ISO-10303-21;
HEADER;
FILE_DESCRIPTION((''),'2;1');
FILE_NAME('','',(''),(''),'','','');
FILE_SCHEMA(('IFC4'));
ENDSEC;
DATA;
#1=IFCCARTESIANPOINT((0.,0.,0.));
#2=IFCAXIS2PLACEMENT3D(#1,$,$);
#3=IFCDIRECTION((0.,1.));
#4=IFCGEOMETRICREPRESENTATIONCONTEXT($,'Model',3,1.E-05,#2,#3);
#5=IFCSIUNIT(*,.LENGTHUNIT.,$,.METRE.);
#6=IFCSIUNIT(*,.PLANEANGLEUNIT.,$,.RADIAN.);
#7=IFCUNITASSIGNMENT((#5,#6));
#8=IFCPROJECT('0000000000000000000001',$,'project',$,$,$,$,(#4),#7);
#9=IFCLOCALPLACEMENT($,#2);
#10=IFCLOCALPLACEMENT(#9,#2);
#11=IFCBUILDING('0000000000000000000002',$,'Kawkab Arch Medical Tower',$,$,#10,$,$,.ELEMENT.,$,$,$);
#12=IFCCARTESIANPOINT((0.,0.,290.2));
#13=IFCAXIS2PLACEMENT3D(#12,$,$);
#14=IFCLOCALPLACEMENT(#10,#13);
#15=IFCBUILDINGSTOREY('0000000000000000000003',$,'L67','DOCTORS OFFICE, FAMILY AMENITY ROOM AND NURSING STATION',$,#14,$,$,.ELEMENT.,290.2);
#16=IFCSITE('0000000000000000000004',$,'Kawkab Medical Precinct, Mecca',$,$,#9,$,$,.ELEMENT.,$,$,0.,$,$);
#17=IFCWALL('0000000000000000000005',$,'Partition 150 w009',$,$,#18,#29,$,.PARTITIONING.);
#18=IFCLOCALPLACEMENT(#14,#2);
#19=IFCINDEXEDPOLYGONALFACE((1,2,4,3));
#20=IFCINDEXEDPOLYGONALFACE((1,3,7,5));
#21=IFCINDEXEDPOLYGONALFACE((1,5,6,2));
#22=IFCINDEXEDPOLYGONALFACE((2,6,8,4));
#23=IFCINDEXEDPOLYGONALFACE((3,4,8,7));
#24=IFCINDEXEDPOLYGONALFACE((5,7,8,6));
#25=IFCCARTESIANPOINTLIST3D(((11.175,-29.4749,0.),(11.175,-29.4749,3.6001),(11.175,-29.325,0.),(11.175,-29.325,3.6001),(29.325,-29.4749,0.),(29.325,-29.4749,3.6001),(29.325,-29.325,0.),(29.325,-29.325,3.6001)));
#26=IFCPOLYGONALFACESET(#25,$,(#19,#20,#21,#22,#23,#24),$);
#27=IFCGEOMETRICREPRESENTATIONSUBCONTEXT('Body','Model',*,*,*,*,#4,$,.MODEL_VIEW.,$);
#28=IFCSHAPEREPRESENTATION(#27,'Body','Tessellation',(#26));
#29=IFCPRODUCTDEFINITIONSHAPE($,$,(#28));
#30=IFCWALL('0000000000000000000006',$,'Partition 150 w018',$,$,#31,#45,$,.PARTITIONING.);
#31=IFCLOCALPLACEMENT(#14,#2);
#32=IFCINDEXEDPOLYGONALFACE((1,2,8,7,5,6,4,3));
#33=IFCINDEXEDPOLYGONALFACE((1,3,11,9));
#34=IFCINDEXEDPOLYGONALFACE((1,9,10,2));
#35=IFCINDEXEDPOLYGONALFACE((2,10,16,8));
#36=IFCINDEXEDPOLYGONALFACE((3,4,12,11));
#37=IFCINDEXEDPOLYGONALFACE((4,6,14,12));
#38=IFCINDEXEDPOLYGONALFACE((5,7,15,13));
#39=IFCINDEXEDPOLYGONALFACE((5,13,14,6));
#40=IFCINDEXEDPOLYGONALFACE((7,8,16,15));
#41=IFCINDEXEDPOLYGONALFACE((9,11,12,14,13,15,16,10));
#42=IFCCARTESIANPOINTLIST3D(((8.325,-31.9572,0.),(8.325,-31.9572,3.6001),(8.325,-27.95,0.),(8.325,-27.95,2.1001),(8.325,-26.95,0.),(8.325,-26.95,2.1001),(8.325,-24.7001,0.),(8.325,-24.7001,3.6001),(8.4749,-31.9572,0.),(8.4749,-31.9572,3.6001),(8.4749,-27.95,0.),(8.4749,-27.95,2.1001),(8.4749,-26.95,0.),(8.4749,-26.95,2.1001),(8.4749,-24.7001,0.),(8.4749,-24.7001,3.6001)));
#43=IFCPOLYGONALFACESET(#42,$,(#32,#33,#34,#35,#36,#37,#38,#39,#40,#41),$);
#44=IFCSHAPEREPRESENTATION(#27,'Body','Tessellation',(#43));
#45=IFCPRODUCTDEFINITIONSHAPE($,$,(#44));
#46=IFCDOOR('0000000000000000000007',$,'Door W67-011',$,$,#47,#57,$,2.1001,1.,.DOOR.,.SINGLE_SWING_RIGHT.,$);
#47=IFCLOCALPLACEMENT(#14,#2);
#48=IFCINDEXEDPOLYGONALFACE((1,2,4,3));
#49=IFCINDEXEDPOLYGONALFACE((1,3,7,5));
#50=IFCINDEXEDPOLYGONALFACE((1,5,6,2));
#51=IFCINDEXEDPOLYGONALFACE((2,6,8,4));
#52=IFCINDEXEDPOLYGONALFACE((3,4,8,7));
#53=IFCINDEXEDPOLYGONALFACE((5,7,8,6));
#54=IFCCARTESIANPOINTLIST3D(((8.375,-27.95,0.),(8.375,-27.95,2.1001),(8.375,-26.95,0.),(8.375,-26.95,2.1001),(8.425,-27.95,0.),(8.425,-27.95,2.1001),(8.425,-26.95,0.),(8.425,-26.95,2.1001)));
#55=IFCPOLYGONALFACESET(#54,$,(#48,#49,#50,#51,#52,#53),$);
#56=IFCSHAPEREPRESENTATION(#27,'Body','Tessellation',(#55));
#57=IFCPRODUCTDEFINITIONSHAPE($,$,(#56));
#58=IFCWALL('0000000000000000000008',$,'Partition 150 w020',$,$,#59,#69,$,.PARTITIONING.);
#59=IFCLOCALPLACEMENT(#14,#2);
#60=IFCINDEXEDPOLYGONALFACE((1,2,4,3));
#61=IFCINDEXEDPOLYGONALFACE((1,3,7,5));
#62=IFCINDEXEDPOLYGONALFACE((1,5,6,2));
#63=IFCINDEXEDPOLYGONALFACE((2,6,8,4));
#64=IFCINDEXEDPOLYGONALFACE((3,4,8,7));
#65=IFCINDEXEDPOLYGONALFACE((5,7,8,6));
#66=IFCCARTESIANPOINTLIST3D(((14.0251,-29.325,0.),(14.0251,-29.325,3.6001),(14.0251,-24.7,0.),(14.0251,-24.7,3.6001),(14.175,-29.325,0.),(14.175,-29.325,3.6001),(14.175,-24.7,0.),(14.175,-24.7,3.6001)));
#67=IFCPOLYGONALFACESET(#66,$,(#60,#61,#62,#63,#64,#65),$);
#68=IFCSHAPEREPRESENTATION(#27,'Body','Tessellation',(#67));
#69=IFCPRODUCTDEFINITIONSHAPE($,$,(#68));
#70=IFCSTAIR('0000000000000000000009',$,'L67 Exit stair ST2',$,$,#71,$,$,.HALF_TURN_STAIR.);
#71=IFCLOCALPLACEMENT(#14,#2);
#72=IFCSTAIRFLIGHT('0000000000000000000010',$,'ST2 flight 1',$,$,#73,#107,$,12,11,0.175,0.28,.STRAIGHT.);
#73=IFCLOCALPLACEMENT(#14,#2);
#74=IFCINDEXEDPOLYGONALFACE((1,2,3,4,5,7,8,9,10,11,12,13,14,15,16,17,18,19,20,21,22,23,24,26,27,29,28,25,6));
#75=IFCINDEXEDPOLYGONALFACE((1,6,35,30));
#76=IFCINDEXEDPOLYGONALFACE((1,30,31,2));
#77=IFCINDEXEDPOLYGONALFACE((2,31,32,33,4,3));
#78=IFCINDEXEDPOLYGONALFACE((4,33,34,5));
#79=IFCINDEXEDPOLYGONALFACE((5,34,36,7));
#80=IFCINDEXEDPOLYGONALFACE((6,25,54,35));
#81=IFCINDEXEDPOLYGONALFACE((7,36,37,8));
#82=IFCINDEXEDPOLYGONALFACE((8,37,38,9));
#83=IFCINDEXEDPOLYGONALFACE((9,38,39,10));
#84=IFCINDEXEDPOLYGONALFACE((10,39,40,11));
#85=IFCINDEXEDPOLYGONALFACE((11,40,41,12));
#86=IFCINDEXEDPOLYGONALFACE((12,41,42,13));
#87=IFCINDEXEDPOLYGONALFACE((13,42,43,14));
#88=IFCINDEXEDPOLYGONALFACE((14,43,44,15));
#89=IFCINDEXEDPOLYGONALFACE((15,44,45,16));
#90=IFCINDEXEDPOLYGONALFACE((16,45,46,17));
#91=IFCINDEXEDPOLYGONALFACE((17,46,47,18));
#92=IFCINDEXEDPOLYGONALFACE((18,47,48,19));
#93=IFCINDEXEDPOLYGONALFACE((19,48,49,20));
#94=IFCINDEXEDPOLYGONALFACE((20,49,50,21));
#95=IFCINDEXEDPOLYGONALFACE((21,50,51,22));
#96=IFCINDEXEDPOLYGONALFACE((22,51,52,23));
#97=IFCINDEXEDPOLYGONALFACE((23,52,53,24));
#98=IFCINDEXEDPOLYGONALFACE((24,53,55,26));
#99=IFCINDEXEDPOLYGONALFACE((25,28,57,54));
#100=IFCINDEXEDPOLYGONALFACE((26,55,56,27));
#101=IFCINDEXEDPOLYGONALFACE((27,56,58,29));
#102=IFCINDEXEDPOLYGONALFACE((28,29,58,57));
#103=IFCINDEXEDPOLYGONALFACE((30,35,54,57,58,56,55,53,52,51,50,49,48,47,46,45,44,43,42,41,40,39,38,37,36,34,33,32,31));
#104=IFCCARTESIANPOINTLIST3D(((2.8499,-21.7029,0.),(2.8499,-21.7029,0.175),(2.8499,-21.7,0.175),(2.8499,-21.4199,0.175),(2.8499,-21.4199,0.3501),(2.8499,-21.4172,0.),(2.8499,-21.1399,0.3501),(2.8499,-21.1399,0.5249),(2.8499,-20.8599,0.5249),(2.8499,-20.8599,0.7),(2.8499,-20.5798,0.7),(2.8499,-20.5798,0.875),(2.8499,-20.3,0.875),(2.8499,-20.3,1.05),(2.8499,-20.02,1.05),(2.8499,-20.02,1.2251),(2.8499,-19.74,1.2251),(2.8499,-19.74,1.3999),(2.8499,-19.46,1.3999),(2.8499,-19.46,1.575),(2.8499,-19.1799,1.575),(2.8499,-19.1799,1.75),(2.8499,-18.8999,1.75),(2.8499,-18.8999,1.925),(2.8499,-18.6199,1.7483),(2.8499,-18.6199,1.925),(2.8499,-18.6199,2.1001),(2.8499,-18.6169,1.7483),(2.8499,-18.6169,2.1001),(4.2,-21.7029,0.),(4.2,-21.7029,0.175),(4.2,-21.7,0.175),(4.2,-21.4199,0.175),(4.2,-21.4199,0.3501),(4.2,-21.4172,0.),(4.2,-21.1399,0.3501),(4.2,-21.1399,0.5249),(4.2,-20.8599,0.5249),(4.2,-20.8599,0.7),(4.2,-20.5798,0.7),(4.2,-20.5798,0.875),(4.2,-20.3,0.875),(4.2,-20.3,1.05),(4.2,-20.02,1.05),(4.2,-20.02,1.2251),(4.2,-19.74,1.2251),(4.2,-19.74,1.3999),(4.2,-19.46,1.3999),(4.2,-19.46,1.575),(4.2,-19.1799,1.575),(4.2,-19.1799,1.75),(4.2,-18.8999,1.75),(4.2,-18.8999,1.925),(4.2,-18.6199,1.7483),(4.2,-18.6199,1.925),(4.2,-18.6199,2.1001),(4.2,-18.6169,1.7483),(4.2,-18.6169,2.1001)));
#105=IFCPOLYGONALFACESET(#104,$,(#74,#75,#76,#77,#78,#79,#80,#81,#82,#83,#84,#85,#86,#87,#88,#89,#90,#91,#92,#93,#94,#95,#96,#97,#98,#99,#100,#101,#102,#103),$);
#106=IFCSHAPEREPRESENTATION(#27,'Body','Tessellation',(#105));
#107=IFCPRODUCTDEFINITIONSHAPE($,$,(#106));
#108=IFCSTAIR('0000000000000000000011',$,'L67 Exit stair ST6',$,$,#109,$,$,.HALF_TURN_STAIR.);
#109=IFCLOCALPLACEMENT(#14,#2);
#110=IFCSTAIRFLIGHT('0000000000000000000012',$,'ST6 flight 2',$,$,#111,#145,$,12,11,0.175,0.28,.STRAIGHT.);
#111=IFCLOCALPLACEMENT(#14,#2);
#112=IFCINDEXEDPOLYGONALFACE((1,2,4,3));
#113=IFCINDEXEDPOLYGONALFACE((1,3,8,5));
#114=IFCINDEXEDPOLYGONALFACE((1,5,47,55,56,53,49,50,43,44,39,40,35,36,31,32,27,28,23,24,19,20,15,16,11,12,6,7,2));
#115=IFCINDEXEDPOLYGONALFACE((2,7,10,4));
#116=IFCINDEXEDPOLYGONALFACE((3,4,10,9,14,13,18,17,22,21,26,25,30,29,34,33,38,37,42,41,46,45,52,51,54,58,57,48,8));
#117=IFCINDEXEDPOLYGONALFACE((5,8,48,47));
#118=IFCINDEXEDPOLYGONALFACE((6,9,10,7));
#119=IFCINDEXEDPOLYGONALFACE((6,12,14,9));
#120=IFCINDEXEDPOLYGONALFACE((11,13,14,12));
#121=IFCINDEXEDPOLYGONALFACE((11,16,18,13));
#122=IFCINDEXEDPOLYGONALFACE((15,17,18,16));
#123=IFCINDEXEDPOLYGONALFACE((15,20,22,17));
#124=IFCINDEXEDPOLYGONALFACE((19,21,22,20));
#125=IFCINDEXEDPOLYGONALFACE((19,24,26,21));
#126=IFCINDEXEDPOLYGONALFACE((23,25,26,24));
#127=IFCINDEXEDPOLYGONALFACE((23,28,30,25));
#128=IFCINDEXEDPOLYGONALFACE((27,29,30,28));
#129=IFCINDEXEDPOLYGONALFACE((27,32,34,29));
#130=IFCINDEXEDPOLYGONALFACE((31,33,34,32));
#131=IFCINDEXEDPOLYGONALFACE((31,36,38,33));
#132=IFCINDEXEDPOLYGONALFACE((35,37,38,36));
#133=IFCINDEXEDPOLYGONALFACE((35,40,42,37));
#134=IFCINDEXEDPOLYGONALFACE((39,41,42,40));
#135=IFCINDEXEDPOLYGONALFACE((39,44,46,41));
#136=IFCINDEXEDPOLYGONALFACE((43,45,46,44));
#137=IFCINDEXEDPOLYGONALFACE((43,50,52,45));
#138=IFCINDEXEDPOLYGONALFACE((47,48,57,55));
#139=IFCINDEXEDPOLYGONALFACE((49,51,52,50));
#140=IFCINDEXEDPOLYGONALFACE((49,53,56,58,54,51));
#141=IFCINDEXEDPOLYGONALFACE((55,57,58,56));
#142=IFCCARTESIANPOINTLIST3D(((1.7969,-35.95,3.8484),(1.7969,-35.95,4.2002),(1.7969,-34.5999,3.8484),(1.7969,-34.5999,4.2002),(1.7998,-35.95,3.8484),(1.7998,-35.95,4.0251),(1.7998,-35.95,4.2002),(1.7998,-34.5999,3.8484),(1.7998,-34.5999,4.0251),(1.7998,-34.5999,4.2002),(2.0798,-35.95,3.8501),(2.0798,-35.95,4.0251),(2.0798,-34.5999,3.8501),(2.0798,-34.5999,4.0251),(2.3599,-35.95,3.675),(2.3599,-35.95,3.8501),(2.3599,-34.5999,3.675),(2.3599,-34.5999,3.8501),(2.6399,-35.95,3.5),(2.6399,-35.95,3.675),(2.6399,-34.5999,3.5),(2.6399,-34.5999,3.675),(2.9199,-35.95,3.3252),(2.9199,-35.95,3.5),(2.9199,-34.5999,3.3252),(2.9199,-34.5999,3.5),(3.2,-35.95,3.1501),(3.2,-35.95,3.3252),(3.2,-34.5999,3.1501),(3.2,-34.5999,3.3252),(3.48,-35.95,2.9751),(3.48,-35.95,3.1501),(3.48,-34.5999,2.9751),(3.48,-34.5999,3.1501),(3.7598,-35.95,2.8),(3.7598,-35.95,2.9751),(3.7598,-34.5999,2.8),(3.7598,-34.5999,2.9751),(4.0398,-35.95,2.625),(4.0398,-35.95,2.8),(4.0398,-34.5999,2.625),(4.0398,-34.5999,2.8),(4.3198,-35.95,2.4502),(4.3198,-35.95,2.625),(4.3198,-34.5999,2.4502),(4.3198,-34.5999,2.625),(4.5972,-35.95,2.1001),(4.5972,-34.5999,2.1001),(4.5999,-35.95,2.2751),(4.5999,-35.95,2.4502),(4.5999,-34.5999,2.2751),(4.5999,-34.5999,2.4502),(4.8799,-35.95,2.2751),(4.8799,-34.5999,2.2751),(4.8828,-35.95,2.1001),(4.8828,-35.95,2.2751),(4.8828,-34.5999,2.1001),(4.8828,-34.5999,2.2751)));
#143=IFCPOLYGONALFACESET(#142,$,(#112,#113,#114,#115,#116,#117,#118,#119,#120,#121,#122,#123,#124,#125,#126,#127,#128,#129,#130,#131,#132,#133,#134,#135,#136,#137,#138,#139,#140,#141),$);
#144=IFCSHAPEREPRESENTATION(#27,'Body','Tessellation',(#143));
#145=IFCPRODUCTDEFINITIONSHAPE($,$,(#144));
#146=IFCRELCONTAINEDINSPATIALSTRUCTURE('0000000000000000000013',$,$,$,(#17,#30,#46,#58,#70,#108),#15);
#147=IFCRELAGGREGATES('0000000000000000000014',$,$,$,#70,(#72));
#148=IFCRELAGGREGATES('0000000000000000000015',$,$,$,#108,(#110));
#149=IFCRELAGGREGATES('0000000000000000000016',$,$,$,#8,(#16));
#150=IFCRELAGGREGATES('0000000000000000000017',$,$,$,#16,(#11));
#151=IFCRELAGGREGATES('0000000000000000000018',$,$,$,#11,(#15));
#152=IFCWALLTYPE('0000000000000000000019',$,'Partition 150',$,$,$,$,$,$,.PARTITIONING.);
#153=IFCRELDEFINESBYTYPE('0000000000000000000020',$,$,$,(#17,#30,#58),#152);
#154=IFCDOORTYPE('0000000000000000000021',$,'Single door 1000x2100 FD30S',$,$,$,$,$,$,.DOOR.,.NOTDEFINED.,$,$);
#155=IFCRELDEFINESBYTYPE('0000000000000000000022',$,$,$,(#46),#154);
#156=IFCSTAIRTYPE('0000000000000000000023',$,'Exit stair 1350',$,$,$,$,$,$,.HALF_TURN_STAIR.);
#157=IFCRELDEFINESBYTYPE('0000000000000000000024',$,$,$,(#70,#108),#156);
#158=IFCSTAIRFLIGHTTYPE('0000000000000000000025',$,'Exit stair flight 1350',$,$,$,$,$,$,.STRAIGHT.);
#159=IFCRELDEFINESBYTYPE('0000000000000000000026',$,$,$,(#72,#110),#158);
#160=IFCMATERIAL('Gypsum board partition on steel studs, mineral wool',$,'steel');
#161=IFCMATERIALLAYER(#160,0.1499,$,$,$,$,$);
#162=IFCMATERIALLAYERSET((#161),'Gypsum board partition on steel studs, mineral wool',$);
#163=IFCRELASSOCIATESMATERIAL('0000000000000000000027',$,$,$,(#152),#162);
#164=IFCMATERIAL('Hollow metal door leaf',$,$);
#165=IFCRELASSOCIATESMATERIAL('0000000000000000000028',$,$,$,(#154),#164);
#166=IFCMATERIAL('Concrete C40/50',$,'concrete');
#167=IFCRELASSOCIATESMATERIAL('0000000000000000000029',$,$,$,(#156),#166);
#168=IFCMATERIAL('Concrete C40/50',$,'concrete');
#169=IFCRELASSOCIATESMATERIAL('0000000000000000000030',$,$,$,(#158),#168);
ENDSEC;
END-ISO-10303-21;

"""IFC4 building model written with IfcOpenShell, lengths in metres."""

from ifc_helpers import new_model, si_unit, direction, frame, frame_2d, origin, place, context, subcontext, project, spatial, polyline, rectangle, outline, extrude, material, layer, layer_set, type_object, element, fill, aggregate, save


model = new_model("IFC4")

# Units and contexts
model_context = context("Model", 3, precision=1e-05, world=origin(), true_north=direction((0.0, 1.0)))
body_context = subcontext(model_context, "Body", "Model", "MODEL_VIEW")
ifc_project = project(units=[si_unit("LENGTHUNIT", "METRE"), si_unit("PLANEANGLEUNIT", "RADIAN")], contexts=[model_context])

# Site, building, storey
site_placement = place(None, origin())
site = spatial("IfcSite", under=ifc_project, at=site_placement, Name="Kawkab Medical Precinct, Mecca", CompositionType="ELEMENT", RefElevation=0.0)
building_placement = place(site_placement, origin())
building = spatial("IfcBuilding", under=site, at=building_placement, Name="Kawkab Arch Medical Tower", CompositionType="ELEMENT")
storey_placement = place(building_placement, frame((0.0, 0.0, 290.2)))
storey = spatial("IfcBuildingStorey", under=building, at=storey_placement, Name="L67", Description="DOCTORS OFFICE, FAMILY AMENITY ROOM AND NURSING STATION", CompositionType="ELEMENT", Elevation=290.2)

# Wall
ifc_material_1 = material(Name="Gypsum board partition on steel studs, mineral wool", Category="steel")
ifc_layer_1 = layer(ifc_material_1, 0.1499)
ifc_layer_set_1 = layer_set([ifc_layer_1], Name="Gypsum board partition on steel studs, mineral wool")
wall_type_1 = type_object("IfcWallType", Name="Partition 150", PredefinedType="PARTITIONING", material=ifc_layer_set_1)
wall_1_placement = place(storey_placement, frame((11.175, -29.3999, 0.0), z_axis=(0.0, 0.0, 1.0), x_axis=(1.0, 0.0, 0.0)))
element("IfcWall", 1, at=wall_1_placement, inside=storey, type_object=wall_type_1, Name="Partition 150 w009", PredefinedType="PARTITIONING", context=body_context, shape_type="SweptSolid", body=[
    extrude(rectangle(XDim=18.1499, YDim=0.1499, at=frame_2d((9.075, 0.0))), origin(), (0.0, 0.0, 1.0), 3.6001),
])

# Wall, opening, door
wall_2_placement = place(storey_placement, frame((8.3999, -31.957, 0.0), z_axis=(0.0, 0.0, 1.0), x_axis=(0.0, 1.0, 0.0)))
wall_2 = element("IfcWall", 2, at=wall_2_placement, inside=storey, type_object=wall_type_1, Name="Partition 150 w018", PredefinedType="PARTITIONING", context=body_context, shape_type="SweptSolid", body=[
    extrude(rectangle(XDim=7.2571, YDim=0.1499, at=frame_2d((3.6284, 0.0))), origin(), (0.0, 0.0, 1.0), 3.6001),
])
opening_1_placement = place(wall_2_placement, frame((4.0071, 0.0, 0.0)))
opening_1 = element("IfcOpeningElement", 3, at=opening_1_placement, cuts=wall_2, PredefinedType="OPENING", context=body_context, shape_type="SweptSolid", body=[
    extrude(rectangle(XDim=1.0, YDim=2.1001, at=frame_2d((0.5, 1.05))), frame((0.0, 0.085, 0.0), z_axis=(0.0, -1.0, 0.0), x_axis=(1.0, 0.0, 0.0)), (0.0, 0.0, 1.0), 0.1699),
])
ifc_material_2 = material(Name="Hollow metal door leaf")
door_type_1 = type_object("IfcDoorType", Name="Single door 1000x2100 FD30S", OperationType="NOTDEFINED", PredefinedType="DOOR", material=ifc_material_2)
door_1_placement = place(opening_1_placement, origin())
door_1 = element("IfcDoor", 4, at=door_1_placement, inside=storey, type_object=door_type_1, Name="Door W67-011", OperationType="SINGLE_SWING_RIGHT", OverallHeight=2.1001, OverallWidth=1.0, PredefinedType="DOOR", context=body_context, shape_type="SweptSolid", body=[
    extrude(rectangle(XDim=1.0, YDim=2.1001, at=frame_2d((0.5, 1.05))), frame((0.0, 0.0249, 0.0), z_axis=(0.0, -1.0, 0.0), x_axis=(1.0, 0.0, 0.0)), (0.0, 0.0, 1.0), 0.05),
])
fill(opening_1, door_1)

# Wall
wall_3_placement = place(storey_placement, frame((14.1001, -29.325, 0.0), z_axis=(0.0, 0.0, 1.0), x_axis=(0.0, 1.0, 0.0)))
element("IfcWall", 5, at=wall_3_placement, inside=storey, type_object=wall_type_1, Name="Partition 150 w020", PredefinedType="PARTITIONING", context=body_context, shape_type="SweptSolid", body=[
    extrude(rectangle(XDim=4.625, YDim=0.1499, at=frame_2d((2.3125, 0.0))), origin(), (0.0, 0.0, 1.0), 3.6001),
])

# Stairs, stair flights
ifc_material_3 = material(Name="Concrete C40/50", Category="concrete")
stair_type = type_object("IfcStairType", Name="Exit stair 1350", PredefinedType="HALF_TURN_STAIR", material=ifc_material_3)
placement = place(storey_placement, origin())
stair_1 = element("IfcStair", 6, at=placement, inside=storey, type_object=stair_type, Name="L67 Exit stair ST2", PredefinedType="HALF_TURN_STAIR")
ifc_material_4 = material(Name="Concrete C40/50", Category="concrete")
stair_flight_type = type_object("IfcStairFlightType", Name="Exit stair flight 1350", PredefinedType="STRAIGHT", material=ifc_material_4)
stair_flight_1_placement = place(storey_placement, frame((3.5249, -21.7, 0.0), z_axis=(0.0, 0.0, 1.0), x_axis=(0.0, 1.0, 0.0)))
stair_flight_1 = element("IfcStairFlight", 7, at=stair_flight_1_placement, type_object=stair_flight_type, Name="ST2 flight 1", NumberOfRisers=12, NumberOfTreads=11, PredefinedType="STRAIGHT", RiserHeight=0.175, TreadLength=0.28, context=body_context, shape_type="SweptSolid", body=[
    extrude(outline(polyline([(-0.0029, 0.0), (-0.0029, 0.175), (0.0, 0.175), (0.28, 0.175), (0.28, 0.3501), (0.5601, 0.3501), (0.5601, 0.5249), (0.8401, 0.5249), (0.8401, 0.7), (1.1201, 0.7), (1.1201, 0.875), (1.3999, 0.875), (1.3999, 1.05), (1.6799, 1.05), (1.6799, 1.2251), (1.96, 1.2251), (1.96, 1.3999), (2.24, 1.3999), (2.24, 1.575), (2.52, 1.575), (2.52, 1.75), (2.8, 1.75), (2.8, 1.925), (3.0801, 1.925), (3.0801, 2.1001), (3.083, 2.1001), (3.083, 1.7483), (3.0801, 1.7483), (0.2827, 0.0), (-0.0029, 0.0)])), frame((0.0, 0.675, 0.0), z_axis=(0.0, -1.0, 0.0), x_axis=(1.0, 0.0, 0.0)), (0.0, 0.0, 1.0), 1.3501),
])
aggregate(stair_1, [stair_flight_1])
stair_2 = element("IfcStair", 8, at=placement, inside=storey, type_object=stair_type, Name="L67 Exit stair ST6", PredefinedType="HALF_TURN_STAIR")
stair_flight_2_placement = place(storey_placement, frame((4.8799, -35.2749, 2.1001), z_axis=(0.0, 0.0, 1.0), x_axis=(-1.0, 0.0, 0.0)))
stair_flight_2 = element("IfcStairFlight", 9, at=stair_flight_2_placement, type_object=stair_flight_type, Name="ST6 flight 2", NumberOfRisers=12, NumberOfTreads=11, PredefinedType="STRAIGHT", RiserHeight=0.175, TreadLength=0.28, context=body_context, shape_type="SweptSolid", body=[
    extrude(outline(polyline([(-0.0029, 0.0), (-0.0029, 0.175), (0.0, 0.175), (0.28, 0.175), (0.28, 0.3501), (0.5601, 0.3501), (0.5601, 0.5249), (0.8401, 0.5249), (0.8401, 0.7), (1.1201, 0.7), (1.1201, 0.875), (1.3999, 0.875), (1.3999, 1.05), (1.6799, 1.05), (1.6799, 1.2251), (1.96, 1.2251), (1.96, 1.3999), (2.24, 1.3999), (2.24, 1.575), (2.52, 1.575), (2.52, 1.75), (2.8, 1.75), (2.8, 1.925), (3.0801, 1.925), (3.0801, 2.1001), (3.083, 2.1001), (3.083, 1.7483), (3.0801, 1.7483), (0.2827, 0.0), (-0.0029, 0.0)])), frame((0.0, 0.675, 0.0), z_axis=(0.0, -1.0, 0.0), x_axis=(1.0, 0.0, 0.0)), (0.0, 0.0, 1.0), 1.3501),
])
aggregate(stair_2, [stair_flight_2])

save(model, "model.ifc")
